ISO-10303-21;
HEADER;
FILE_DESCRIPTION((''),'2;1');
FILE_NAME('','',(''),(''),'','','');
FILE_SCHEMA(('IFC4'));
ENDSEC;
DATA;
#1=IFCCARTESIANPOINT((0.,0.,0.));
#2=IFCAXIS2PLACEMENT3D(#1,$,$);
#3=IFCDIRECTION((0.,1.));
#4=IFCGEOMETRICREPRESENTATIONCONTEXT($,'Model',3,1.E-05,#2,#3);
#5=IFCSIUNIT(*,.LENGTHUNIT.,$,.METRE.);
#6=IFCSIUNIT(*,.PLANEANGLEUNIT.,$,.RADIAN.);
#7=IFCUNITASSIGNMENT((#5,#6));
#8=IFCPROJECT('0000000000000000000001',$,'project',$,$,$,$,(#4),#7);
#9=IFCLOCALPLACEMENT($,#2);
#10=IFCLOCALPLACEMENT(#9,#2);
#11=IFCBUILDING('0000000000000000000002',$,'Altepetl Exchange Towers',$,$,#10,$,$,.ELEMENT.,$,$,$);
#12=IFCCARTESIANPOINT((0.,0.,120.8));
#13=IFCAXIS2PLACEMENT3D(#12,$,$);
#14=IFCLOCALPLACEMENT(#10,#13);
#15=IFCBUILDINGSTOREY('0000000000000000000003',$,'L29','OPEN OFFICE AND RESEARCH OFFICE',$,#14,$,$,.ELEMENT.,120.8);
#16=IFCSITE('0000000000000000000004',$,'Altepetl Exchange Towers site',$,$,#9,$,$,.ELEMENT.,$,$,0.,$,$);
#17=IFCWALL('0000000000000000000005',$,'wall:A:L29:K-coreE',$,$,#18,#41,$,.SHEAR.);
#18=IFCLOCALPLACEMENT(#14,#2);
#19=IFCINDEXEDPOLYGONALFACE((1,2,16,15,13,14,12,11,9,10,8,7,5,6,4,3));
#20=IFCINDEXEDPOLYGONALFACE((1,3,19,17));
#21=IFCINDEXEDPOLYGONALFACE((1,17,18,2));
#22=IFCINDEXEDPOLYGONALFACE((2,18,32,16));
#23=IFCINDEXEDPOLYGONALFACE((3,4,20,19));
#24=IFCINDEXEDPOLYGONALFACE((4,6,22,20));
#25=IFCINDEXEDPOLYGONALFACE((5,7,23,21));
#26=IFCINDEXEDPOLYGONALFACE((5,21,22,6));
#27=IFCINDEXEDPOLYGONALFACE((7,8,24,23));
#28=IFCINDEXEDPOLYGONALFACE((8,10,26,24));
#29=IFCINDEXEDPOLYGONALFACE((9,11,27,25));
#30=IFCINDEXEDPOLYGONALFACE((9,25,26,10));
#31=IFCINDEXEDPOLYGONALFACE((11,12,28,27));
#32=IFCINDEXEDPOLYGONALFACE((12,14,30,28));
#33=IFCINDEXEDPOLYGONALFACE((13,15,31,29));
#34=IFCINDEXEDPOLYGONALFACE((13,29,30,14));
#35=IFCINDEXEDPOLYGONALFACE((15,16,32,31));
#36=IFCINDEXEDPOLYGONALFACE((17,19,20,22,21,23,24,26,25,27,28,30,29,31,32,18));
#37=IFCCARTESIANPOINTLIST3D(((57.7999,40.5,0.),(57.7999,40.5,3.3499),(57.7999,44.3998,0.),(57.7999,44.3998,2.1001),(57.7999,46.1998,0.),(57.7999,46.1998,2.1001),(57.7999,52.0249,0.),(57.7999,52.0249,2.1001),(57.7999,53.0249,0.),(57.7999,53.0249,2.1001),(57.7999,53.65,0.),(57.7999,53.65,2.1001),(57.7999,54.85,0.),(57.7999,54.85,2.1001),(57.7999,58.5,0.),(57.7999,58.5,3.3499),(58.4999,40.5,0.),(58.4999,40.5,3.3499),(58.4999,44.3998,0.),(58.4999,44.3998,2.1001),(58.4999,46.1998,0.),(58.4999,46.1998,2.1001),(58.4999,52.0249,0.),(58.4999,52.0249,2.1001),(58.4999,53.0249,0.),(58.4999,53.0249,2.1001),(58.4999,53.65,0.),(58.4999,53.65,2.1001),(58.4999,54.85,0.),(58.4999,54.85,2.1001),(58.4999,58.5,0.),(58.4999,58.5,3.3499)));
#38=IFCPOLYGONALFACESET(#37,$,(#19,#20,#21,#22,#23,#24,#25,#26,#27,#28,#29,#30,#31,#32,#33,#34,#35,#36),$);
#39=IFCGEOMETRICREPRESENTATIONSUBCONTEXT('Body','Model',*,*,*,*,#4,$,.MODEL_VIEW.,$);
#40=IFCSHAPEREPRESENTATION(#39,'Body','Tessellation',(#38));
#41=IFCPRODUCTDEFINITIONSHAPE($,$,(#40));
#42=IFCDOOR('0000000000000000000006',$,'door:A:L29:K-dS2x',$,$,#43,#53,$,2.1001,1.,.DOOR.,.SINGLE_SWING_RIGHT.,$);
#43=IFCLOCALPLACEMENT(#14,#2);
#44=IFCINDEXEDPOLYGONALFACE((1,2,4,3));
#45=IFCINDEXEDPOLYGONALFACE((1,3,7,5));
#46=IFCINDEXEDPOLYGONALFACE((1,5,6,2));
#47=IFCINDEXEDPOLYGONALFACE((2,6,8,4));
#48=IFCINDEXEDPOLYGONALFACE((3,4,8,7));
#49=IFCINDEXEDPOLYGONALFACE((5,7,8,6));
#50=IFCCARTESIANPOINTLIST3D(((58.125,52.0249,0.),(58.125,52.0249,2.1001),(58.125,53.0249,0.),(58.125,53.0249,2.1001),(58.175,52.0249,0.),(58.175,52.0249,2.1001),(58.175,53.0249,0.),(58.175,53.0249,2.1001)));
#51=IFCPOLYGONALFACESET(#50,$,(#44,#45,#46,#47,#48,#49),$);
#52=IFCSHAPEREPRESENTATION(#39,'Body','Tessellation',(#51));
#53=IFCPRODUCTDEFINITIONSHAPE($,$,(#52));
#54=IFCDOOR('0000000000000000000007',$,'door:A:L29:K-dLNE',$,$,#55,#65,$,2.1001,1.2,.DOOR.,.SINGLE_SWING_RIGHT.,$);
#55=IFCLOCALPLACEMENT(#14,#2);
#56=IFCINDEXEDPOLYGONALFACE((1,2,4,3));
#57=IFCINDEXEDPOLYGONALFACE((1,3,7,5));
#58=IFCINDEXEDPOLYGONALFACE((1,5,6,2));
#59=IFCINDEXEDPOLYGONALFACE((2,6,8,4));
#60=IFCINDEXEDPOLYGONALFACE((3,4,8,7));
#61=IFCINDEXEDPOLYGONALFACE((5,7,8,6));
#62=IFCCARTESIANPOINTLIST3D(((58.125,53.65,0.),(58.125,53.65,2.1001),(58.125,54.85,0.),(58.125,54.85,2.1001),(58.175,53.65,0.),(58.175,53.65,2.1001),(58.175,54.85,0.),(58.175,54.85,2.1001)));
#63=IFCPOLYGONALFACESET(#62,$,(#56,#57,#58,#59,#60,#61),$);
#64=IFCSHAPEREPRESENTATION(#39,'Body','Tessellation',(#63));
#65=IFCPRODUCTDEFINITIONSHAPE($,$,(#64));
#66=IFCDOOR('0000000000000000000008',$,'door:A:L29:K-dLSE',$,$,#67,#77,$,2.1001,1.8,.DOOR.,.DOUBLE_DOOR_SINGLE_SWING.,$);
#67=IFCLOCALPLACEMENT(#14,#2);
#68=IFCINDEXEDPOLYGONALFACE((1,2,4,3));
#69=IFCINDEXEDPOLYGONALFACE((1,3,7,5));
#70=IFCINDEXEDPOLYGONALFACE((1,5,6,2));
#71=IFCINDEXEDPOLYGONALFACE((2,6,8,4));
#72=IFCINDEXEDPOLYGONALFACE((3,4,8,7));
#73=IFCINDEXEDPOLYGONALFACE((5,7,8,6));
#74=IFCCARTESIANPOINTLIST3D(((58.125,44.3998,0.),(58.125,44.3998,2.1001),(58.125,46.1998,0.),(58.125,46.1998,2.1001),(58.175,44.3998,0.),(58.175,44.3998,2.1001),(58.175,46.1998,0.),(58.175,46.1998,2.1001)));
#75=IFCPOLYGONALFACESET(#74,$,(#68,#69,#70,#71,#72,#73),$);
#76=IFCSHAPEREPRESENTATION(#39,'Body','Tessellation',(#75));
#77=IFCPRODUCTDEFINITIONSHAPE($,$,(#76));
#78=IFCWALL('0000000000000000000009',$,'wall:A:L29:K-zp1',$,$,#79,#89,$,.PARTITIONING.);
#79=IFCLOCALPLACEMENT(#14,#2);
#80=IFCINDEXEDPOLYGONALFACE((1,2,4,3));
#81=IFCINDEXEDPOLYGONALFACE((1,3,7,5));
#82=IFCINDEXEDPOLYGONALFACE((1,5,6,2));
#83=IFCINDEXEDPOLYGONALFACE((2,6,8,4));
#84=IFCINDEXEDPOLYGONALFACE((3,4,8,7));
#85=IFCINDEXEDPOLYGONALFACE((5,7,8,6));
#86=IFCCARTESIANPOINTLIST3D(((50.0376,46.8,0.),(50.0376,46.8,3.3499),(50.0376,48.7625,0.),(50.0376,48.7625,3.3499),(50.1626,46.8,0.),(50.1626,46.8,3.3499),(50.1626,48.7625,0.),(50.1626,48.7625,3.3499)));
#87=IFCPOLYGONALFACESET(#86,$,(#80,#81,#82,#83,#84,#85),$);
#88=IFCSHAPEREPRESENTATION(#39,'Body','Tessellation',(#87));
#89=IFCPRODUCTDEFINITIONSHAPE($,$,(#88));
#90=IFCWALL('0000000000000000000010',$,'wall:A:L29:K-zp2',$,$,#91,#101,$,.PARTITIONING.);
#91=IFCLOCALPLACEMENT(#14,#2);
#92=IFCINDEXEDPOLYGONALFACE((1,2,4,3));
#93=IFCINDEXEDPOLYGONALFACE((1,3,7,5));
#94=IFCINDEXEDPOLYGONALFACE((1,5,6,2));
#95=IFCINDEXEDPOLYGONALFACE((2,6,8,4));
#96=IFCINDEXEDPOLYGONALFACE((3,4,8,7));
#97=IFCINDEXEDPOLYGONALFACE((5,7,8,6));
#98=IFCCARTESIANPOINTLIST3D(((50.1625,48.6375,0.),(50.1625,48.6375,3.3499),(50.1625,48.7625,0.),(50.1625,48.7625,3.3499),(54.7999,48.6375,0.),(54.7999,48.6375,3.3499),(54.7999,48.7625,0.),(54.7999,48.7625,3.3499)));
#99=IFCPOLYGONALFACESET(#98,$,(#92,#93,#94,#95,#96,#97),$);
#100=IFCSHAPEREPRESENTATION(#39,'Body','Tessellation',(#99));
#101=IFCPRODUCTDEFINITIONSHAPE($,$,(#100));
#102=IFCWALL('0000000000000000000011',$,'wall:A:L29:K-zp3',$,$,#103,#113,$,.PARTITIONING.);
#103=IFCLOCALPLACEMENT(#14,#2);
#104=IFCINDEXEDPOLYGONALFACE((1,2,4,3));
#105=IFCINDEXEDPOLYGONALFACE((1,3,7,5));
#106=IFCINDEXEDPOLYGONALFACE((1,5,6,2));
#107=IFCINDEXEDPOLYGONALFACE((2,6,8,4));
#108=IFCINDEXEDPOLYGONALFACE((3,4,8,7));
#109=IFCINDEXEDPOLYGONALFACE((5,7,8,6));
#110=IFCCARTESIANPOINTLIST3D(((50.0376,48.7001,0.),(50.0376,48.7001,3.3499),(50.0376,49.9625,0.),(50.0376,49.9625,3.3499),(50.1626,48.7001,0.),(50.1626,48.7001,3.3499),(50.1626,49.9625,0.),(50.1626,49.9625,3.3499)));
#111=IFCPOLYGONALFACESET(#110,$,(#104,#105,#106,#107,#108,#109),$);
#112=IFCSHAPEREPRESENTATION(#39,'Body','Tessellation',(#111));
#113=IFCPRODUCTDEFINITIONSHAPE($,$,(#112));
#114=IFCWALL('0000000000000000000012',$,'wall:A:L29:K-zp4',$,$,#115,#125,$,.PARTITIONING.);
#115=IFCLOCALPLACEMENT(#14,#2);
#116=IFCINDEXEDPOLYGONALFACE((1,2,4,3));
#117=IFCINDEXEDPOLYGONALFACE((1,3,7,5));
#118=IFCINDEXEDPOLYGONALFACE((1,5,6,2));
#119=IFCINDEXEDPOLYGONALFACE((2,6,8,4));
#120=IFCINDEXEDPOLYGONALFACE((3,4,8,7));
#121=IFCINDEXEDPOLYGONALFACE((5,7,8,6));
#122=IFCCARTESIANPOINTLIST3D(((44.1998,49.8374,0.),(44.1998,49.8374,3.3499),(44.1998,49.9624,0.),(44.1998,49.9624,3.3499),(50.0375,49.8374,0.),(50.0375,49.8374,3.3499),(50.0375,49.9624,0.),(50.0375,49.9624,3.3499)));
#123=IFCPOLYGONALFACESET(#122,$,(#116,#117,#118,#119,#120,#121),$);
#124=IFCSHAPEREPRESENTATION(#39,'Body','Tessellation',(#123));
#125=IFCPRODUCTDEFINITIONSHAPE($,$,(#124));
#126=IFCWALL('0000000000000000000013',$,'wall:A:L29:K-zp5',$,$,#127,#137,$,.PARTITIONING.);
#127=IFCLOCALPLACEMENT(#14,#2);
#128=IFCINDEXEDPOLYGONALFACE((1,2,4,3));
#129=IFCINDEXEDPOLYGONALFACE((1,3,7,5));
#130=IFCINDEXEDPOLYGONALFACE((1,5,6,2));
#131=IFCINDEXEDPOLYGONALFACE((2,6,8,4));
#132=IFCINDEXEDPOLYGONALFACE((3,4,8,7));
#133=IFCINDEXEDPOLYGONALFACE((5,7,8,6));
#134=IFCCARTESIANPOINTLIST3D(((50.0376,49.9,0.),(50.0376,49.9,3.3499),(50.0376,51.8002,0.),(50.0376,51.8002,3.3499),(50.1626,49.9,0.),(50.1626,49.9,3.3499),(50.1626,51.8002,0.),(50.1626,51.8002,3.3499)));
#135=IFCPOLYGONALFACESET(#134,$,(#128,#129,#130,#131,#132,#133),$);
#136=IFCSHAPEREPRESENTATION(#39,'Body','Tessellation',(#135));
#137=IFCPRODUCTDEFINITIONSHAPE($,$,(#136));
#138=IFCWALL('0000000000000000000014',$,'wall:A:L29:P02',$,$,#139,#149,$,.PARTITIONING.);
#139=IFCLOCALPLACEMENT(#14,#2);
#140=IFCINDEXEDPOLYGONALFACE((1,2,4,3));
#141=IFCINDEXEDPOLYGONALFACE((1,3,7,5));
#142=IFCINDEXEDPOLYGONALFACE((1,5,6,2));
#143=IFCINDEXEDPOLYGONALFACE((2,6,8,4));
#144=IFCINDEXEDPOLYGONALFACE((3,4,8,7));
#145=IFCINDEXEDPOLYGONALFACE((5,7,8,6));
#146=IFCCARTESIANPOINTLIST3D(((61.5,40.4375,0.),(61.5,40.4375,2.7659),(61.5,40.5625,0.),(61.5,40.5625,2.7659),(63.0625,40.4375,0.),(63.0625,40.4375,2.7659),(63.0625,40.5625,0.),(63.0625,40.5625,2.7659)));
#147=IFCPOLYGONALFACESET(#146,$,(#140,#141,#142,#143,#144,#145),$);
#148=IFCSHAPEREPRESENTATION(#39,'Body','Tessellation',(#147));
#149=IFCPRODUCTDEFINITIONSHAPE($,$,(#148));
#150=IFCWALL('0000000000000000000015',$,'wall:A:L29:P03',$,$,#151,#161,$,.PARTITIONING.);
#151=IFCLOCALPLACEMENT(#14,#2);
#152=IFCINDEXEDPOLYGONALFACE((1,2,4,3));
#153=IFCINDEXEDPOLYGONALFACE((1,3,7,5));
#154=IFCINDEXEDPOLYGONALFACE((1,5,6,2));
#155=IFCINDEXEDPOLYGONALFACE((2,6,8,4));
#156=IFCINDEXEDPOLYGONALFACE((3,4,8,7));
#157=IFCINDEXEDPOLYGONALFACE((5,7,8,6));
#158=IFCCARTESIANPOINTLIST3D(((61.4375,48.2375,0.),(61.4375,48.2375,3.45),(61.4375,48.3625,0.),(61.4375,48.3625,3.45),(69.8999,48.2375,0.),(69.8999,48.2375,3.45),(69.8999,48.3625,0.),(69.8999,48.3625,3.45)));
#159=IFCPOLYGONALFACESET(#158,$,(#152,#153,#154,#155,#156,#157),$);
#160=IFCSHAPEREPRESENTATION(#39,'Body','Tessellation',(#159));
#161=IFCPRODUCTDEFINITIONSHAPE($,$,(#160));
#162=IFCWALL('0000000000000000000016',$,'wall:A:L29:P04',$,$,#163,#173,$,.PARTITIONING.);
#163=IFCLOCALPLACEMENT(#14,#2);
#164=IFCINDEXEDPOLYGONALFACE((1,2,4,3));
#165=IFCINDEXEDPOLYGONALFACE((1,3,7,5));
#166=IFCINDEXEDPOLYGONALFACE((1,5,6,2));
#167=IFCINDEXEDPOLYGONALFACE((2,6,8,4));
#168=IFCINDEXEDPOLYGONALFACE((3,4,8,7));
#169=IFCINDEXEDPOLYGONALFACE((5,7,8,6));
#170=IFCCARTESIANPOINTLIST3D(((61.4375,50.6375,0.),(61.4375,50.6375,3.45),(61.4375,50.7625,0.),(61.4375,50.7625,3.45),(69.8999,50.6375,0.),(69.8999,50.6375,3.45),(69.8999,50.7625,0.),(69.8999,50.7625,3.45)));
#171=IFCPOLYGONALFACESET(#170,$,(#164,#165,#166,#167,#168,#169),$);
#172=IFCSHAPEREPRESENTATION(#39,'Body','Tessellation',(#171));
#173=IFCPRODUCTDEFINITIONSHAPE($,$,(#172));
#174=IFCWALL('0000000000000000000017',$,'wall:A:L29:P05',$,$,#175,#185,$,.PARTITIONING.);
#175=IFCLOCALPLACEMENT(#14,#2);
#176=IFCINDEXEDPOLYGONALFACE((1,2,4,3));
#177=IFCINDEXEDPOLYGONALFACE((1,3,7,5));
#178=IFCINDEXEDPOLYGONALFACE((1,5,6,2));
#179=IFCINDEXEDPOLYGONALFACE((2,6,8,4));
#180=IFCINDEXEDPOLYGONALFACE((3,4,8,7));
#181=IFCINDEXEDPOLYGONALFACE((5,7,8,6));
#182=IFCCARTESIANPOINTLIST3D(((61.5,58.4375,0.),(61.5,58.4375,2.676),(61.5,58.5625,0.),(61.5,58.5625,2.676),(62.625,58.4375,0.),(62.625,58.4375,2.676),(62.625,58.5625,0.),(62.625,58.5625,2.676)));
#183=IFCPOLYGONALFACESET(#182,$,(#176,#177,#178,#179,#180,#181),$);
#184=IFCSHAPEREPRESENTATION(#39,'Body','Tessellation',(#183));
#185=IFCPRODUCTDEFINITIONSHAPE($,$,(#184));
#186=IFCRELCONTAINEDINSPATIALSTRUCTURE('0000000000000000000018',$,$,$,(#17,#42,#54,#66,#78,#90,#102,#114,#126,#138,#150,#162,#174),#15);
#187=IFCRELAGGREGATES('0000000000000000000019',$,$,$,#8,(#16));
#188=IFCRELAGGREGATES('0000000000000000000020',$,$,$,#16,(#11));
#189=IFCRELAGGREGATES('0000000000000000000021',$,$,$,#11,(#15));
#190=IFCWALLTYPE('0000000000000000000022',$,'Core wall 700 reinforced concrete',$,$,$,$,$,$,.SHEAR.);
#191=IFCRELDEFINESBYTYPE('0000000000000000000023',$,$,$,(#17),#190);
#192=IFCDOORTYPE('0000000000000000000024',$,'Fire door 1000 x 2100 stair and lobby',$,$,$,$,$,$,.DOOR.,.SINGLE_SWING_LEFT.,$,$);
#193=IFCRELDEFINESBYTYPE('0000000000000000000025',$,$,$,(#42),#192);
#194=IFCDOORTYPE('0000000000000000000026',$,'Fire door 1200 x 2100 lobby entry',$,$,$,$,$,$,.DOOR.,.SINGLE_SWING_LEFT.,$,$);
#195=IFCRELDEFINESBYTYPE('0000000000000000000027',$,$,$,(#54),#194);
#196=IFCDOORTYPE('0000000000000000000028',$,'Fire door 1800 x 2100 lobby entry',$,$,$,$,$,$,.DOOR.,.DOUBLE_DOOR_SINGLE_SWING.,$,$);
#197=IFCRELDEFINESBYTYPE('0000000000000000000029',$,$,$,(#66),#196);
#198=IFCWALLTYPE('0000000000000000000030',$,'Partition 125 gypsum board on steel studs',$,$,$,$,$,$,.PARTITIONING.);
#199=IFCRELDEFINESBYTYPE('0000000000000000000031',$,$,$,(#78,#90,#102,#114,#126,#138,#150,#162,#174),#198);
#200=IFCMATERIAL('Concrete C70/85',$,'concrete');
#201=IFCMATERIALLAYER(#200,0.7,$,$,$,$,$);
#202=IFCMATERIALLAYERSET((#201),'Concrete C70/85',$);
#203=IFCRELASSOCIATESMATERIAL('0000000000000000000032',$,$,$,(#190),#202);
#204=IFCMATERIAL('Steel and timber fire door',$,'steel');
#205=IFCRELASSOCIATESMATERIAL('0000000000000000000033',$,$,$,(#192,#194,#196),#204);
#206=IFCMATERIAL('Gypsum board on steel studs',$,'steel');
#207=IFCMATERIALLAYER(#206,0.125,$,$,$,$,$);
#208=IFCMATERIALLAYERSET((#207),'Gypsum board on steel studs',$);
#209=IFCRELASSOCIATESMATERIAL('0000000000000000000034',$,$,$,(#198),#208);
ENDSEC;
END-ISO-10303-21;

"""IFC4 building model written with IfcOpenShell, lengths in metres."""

from ifc_helpers import new_model, si_unit, direction, frame, frame_2d, origin, place, context, subcontext, project, spatial, rectangle, extrude, material, layer, layer_set, type_object, element, fill, save


model = new_model("IFC4")

# Units and contexts
model_context = context("Model", 3, precision=1e-05, world=origin(), true_north=direction((0.0, 1.0)))
body_context = subcontext(model_context, "Body", "Model", "MODEL_VIEW")
ifc_project = project(units=[si_unit("LENGTHUNIT", "METRE"), si_unit("PLANEANGLEUNIT", "RADIAN")], contexts=[model_context])

# Site, building, storey
site_placement = place(None, origin())
site = spatial("IfcSite", under=ifc_project, at=site_placement, Name="Altepetl Exchange Towers site", CompositionType="ELEMENT", RefElevation=0.0)
building_placement = place(site_placement, origin())
building = spatial("IfcBuilding", under=site, at=building_placement, Name="Altepetl Exchange Towers", CompositionType="ELEMENT")
storey_placement = place(building_placement, frame((0.0, 0.0, 120.8)))
storey = spatial("IfcBuildingStorey", under=building, at=storey_placement, Name="L29", Description="OPEN OFFICE AND RESEARCH OFFICE", CompositionType="ELEMENT", Elevation=120.8)

# Shared definitions
ifc_material_1 = material(Name="Concrete C70/85", Category="concrete")

# Wall, openings, doors
ifc_layer_1 = layer(ifc_material_1, 0.7)
ifc_layer_set_1 = layer_set([ifc_layer_1], Name="Concrete C70/85")
wall_type_1 = type_object("IfcWallType", Name="Core wall 700 reinforced concrete", PredefinedType="SHEAR", material=ifc_layer_set_1)
wall_1_placement = place(storey_placement, frame((58.1499, 40.5, 0.0), z_axis=(0.0, 0.0, 1.0), x_axis=(0.0, 1.0, 0.0)))
wall_1 = element("IfcWall", 1, at=wall_1_placement, inside=storey, type_object=wall_type_1, Name="wall:A:L29:K-coreE", PredefinedType="SHEAR", context=body_context, shape_type="SweptSolid", body=[
    extrude(rectangle(XDim=18.0, YDim=0.7, at=frame_2d((9.0, 0.0))), origin(), (0.0, 0.0, 1.0), 3.3499),
])
opening_1_placement = place(wall_1_placement, frame((13.1499, 0.0, 0.0)))
opening_1 = element("IfcOpeningElement", 2, at=opening_1_placement, cuts=wall_1, PredefinedType="OPENING", context=body_context, shape_type="SweptSolid", body=[
    extrude(rectangle(XDim=1.2, YDim=2.1001, at=frame_2d((0.6001, 1.05))), frame((0.0, 0.3599, 0.0), z_axis=(0.0, -1.0, 0.0), x_axis=(1.0, 0.0, 0.0)), (0.0, 0.0, 1.0), 0.72),
])
opening_2_placement = place(wall_1_placement, frame((3.8999, 0.0, 0.0)))
opening_2 = element("IfcOpeningElement", 3, at=opening_2_placement, cuts=wall_1, PredefinedType="OPENING", context=body_context, shape_type="SweptSolid", body=[
    extrude(rectangle(XDim=1.8, YDim=2.1001, at=frame_2d((0.8999, 1.05))), frame((0.0, 0.3599, 0.0), z_axis=(0.0, -1.0, 0.0), x_axis=(1.0, 0.0, 0.0)), (0.0, 0.0, 1.0), 0.72),
])
opening_3_placement = place(wall_1_placement, frame((11.5249, 0.0, 0.0)))
opening_3 = element("IfcOpeningElement", 4, at=opening_3_placement, cuts=wall_1, PredefinedType="OPENING", context=body_context, shape_type="SweptSolid", body=[
    extrude(rectangle(XDim=1.0, YDim=2.1001, at=frame_2d((0.5, 1.05))), frame((0.0, 0.3599, 0.0), z_axis=(0.0, -1.0, 0.0), x_axis=(1.0, 0.0, 0.0)), (0.0, 0.0, 1.0), 0.72),
])
ifc_material_2 = material(Name="Steel and timber fire door", Category="steel")
door_type_1 = type_object("IfcDoorType", Name="Fire door 1000 x 2100 stair and lobby", OperationType="SINGLE_SWING_LEFT", PredefinedType="DOOR", material=ifc_material_2)
door_1_placement = place(opening_3_placement, origin())
door_1 = element("IfcDoor", 5, at=door_1_placement, inside=storey, type_object=door_type_1, Name="door:A:L29:K-dS2x", OperationType="SINGLE_SWING_RIGHT", OverallHeight=2.1001, OverallWidth=1.0, PredefinedType="DOOR", context=body_context, shape_type="SweptSolid", body=[
    extrude(rectangle(XDim=1.0, YDim=2.1001, at=frame_2d((0.5, 1.05))), frame((0.0, 0.0249, 0.0), z_axis=(0.0, -1.0, 0.0), x_axis=(1.0, 0.0, 0.0)), (0.0, 0.0, 1.0), 0.05),
])
fill(opening_3, door_1)
door_type_2 = type_object("IfcDoorType", Name="Fire door 1200 x 2100 lobby entry", OperationType="SINGLE_SWING_LEFT", PredefinedType="DOOR", material=ifc_material_2)
door_2_placement = place(opening_1_placement, origin())
door_2 = element("IfcDoor", 6, at=door_2_placement, inside=storey, type_object=door_type_2, Name="door:A:L29:K-dLNE", OperationType="SINGLE_SWING_RIGHT", OverallHeight=2.1001, OverallWidth=1.2, PredefinedType="DOOR", context=body_context, shape_type="SweptSolid", body=[
    extrude(rectangle(XDim=1.2, YDim=2.1001, at=frame_2d((0.6001, 1.05))), frame((0.0, 0.0249, 0.0), z_axis=(0.0, -1.0, 0.0), x_axis=(1.0, 0.0, 0.0)), (0.0, 0.0, 1.0), 0.05),
])
fill(opening_1, door_2)
door_type_3 = type_object("IfcDoorType", Name="Fire door 1800 x 2100 lobby entry", OperationType="DOUBLE_DOOR_SINGLE_SWING", PredefinedType="DOOR", material=ifc_material_2)
door_3_placement = place(opening_2_placement, origin())
door_3 = element("IfcDoor", 7, at=door_3_placement, inside=storey, type_object=door_type_3, Name="door:A:L29:K-dLSE", OperationType="DOUBLE_DOOR_SINGLE_SWING", OverallHeight=2.1001, OverallWidth=1.8, PredefinedType="DOOR", context=body_context, shape_type="SweptSolid", body=[
    extrude(rectangle(XDim=1.8, YDim=2.1001, at=frame_2d((0.8999, 1.05))), frame((0.0, 0.0249, 0.0), z_axis=(0.0, -1.0, 0.0), x_axis=(1.0, 0.0, 0.0)), (0.0, 0.0, 1.0), 0.05),
])
fill(opening_2, door_3)

# Walls
ifc_material_3 = material(Name="Gypsum board on steel studs", Category="steel")
ifc_layer_2 = layer(ifc_material_3, 0.125)
ifc_layer_set_2 = layer_set([ifc_layer_2], Name="Gypsum board on steel studs")
wall_type_2 = type_object("IfcWallType", Name="Partition 125 gypsum board on steel studs", PredefinedType="PARTITIONING", material=ifc_layer_set_2)
wall_2_placement = place(storey_placement, frame((50.1001, 46.8, 0.0), z_axis=(0.0, 0.0, 1.0), x_axis=(0.0, 1.0, 0.0)))
element("IfcWall", 8, at=wall_2_placement, inside=storey, type_object=wall_type_2, Name="wall:A:L29:K-zp1", PredefinedType="PARTITIONING", context=body_context, shape_type="SweptSolid", body=[
    extrude(rectangle(XDim=1.9624, YDim=0.125, at=frame_2d((0.9812, 0.0))), origin(), (0.0, 0.0, 1.0), 3.3499),
])
wall_3_placement = place(storey_placement, frame((54.8, 48.7, 0.0), z_axis=(0.0, 0.0, 1.0), x_axis=(-1.0, 0.0, 0.0)))
element("IfcWall", 9, at=wall_3_placement, inside=storey, type_object=wall_type_2, Name="wall:A:L29:K-zp2", PredefinedType="PARTITIONING", context=body_context, shape_type="SweptSolid", body=[
    extrude(rectangle(XDim=4.6375, YDim=0.125, at=frame_2d((2.3188, 0.0))), origin(), (0.0, 0.0, 1.0), 3.3499),
])
wall_4_placement = place(storey_placement, frame((50.1001, 48.7, 0.0), z_axis=(0.0, 0.0, 1.0), x_axis=(0.0, 1.0, 0.0)))
element("IfcWall", 10, at=wall_4_placement, inside=storey, type_object=wall_type_2, Name="wall:A:L29:K-zp3", PredefinedType="PARTITIONING", context=body_context, shape_type="SweptSolid", body=[
    extrude(rectangle(XDim=1.2625, YDim=0.125, at=frame_2d((0.6313, 0.0))), origin(), (0.0, 0.0, 1.0), 3.3499),
])
wall_5_placement = place(storey_placement, frame((50.0376, 49.8999, 0.0), z_axis=(0.0, 0.0, 1.0), x_axis=(-1.0, 0.0, 0.0)))
element("IfcWall", 11, at=wall_5_placement, inside=storey, type_object=wall_type_2, Name="wall:A:L29:K-zp4", PredefinedType="PARTITIONING", context=body_context, shape_type="SweptSolid", body=[
    extrude(rectangle(XDim=5.8376, YDim=0.125, at=frame_2d((2.9189, 0.0))), origin(), (0.0, 0.0, 1.0), 3.3499),
])
wall_6_placement = place(storey_placement, frame((50.1001, 49.8999, 0.0), z_axis=(0.0, 0.0, 1.0), x_axis=(0.0, 1.0, 0.0)))
element("IfcWall", 12, at=wall_6_placement, inside=storey, type_object=wall_type_2, Name="wall:A:L29:K-zp5", PredefinedType="PARTITIONING", context=body_context, shape_type="SweptSolid", body=[
    extrude(rectangle(XDim=1.9001, YDim=0.125, at=frame_2d((0.9502, 0.0))), origin(), (0.0, 0.0, 1.0), 3.3499),
])
wall_7_placement = place(storey_placement, frame((61.5, 40.5, 0.0)))
element("IfcWall", 13, at=wall_7_placement, inside=storey, type_object=wall_type_2, Name="wall:A:L29:P02", PredefinedType="PARTITIONING", context=body_context, shape_type="SweptSolid", body=[
    extrude(rectangle(XDim=1.5625, YDim=0.125, at=frame_2d((0.7812, 0.0))), origin(), (0.0, 0.0, 1.0), 2.7659),
])
for number, where, name in (
    (14, (61.4375, 48.3, 0.0), "wall:A:L29:P03"),
    (15, (61.4375, 50.7, 0.0), "wall:A:L29:P04"),
):
    element("IfcWall", number, at=place(storey_placement, frame(where)), inside=storey, type_object=wall_type_2, Name=name, PredefinedType="PARTITIONING", context=body_context, shape_type="SweptSolid", body=[
        extrude(rectangle(XDim=8.4624, YDim=0.125, at=frame_2d((4.2312, 0.0))), origin(), (0.0, 0.0, 1.0), 3.45),
    ])
wall_8_placement = place(storey_placement, frame((61.5, 58.5, 0.0)))
element("IfcWall", 16, at=wall_8_placement, inside=storey, type_object=wall_type_2, Name="wall:A:L29:P05", PredefinedType="PARTITIONING", context=body_context, shape_type="SweptSolid", body=[
    extrude(rectangle(XDim=1.125, YDim=0.125, at=frame_2d((0.5625, 0.0))), origin(), (0.0, 0.0, 1.0), 2.676),
])

save(model, "model.ifc")
